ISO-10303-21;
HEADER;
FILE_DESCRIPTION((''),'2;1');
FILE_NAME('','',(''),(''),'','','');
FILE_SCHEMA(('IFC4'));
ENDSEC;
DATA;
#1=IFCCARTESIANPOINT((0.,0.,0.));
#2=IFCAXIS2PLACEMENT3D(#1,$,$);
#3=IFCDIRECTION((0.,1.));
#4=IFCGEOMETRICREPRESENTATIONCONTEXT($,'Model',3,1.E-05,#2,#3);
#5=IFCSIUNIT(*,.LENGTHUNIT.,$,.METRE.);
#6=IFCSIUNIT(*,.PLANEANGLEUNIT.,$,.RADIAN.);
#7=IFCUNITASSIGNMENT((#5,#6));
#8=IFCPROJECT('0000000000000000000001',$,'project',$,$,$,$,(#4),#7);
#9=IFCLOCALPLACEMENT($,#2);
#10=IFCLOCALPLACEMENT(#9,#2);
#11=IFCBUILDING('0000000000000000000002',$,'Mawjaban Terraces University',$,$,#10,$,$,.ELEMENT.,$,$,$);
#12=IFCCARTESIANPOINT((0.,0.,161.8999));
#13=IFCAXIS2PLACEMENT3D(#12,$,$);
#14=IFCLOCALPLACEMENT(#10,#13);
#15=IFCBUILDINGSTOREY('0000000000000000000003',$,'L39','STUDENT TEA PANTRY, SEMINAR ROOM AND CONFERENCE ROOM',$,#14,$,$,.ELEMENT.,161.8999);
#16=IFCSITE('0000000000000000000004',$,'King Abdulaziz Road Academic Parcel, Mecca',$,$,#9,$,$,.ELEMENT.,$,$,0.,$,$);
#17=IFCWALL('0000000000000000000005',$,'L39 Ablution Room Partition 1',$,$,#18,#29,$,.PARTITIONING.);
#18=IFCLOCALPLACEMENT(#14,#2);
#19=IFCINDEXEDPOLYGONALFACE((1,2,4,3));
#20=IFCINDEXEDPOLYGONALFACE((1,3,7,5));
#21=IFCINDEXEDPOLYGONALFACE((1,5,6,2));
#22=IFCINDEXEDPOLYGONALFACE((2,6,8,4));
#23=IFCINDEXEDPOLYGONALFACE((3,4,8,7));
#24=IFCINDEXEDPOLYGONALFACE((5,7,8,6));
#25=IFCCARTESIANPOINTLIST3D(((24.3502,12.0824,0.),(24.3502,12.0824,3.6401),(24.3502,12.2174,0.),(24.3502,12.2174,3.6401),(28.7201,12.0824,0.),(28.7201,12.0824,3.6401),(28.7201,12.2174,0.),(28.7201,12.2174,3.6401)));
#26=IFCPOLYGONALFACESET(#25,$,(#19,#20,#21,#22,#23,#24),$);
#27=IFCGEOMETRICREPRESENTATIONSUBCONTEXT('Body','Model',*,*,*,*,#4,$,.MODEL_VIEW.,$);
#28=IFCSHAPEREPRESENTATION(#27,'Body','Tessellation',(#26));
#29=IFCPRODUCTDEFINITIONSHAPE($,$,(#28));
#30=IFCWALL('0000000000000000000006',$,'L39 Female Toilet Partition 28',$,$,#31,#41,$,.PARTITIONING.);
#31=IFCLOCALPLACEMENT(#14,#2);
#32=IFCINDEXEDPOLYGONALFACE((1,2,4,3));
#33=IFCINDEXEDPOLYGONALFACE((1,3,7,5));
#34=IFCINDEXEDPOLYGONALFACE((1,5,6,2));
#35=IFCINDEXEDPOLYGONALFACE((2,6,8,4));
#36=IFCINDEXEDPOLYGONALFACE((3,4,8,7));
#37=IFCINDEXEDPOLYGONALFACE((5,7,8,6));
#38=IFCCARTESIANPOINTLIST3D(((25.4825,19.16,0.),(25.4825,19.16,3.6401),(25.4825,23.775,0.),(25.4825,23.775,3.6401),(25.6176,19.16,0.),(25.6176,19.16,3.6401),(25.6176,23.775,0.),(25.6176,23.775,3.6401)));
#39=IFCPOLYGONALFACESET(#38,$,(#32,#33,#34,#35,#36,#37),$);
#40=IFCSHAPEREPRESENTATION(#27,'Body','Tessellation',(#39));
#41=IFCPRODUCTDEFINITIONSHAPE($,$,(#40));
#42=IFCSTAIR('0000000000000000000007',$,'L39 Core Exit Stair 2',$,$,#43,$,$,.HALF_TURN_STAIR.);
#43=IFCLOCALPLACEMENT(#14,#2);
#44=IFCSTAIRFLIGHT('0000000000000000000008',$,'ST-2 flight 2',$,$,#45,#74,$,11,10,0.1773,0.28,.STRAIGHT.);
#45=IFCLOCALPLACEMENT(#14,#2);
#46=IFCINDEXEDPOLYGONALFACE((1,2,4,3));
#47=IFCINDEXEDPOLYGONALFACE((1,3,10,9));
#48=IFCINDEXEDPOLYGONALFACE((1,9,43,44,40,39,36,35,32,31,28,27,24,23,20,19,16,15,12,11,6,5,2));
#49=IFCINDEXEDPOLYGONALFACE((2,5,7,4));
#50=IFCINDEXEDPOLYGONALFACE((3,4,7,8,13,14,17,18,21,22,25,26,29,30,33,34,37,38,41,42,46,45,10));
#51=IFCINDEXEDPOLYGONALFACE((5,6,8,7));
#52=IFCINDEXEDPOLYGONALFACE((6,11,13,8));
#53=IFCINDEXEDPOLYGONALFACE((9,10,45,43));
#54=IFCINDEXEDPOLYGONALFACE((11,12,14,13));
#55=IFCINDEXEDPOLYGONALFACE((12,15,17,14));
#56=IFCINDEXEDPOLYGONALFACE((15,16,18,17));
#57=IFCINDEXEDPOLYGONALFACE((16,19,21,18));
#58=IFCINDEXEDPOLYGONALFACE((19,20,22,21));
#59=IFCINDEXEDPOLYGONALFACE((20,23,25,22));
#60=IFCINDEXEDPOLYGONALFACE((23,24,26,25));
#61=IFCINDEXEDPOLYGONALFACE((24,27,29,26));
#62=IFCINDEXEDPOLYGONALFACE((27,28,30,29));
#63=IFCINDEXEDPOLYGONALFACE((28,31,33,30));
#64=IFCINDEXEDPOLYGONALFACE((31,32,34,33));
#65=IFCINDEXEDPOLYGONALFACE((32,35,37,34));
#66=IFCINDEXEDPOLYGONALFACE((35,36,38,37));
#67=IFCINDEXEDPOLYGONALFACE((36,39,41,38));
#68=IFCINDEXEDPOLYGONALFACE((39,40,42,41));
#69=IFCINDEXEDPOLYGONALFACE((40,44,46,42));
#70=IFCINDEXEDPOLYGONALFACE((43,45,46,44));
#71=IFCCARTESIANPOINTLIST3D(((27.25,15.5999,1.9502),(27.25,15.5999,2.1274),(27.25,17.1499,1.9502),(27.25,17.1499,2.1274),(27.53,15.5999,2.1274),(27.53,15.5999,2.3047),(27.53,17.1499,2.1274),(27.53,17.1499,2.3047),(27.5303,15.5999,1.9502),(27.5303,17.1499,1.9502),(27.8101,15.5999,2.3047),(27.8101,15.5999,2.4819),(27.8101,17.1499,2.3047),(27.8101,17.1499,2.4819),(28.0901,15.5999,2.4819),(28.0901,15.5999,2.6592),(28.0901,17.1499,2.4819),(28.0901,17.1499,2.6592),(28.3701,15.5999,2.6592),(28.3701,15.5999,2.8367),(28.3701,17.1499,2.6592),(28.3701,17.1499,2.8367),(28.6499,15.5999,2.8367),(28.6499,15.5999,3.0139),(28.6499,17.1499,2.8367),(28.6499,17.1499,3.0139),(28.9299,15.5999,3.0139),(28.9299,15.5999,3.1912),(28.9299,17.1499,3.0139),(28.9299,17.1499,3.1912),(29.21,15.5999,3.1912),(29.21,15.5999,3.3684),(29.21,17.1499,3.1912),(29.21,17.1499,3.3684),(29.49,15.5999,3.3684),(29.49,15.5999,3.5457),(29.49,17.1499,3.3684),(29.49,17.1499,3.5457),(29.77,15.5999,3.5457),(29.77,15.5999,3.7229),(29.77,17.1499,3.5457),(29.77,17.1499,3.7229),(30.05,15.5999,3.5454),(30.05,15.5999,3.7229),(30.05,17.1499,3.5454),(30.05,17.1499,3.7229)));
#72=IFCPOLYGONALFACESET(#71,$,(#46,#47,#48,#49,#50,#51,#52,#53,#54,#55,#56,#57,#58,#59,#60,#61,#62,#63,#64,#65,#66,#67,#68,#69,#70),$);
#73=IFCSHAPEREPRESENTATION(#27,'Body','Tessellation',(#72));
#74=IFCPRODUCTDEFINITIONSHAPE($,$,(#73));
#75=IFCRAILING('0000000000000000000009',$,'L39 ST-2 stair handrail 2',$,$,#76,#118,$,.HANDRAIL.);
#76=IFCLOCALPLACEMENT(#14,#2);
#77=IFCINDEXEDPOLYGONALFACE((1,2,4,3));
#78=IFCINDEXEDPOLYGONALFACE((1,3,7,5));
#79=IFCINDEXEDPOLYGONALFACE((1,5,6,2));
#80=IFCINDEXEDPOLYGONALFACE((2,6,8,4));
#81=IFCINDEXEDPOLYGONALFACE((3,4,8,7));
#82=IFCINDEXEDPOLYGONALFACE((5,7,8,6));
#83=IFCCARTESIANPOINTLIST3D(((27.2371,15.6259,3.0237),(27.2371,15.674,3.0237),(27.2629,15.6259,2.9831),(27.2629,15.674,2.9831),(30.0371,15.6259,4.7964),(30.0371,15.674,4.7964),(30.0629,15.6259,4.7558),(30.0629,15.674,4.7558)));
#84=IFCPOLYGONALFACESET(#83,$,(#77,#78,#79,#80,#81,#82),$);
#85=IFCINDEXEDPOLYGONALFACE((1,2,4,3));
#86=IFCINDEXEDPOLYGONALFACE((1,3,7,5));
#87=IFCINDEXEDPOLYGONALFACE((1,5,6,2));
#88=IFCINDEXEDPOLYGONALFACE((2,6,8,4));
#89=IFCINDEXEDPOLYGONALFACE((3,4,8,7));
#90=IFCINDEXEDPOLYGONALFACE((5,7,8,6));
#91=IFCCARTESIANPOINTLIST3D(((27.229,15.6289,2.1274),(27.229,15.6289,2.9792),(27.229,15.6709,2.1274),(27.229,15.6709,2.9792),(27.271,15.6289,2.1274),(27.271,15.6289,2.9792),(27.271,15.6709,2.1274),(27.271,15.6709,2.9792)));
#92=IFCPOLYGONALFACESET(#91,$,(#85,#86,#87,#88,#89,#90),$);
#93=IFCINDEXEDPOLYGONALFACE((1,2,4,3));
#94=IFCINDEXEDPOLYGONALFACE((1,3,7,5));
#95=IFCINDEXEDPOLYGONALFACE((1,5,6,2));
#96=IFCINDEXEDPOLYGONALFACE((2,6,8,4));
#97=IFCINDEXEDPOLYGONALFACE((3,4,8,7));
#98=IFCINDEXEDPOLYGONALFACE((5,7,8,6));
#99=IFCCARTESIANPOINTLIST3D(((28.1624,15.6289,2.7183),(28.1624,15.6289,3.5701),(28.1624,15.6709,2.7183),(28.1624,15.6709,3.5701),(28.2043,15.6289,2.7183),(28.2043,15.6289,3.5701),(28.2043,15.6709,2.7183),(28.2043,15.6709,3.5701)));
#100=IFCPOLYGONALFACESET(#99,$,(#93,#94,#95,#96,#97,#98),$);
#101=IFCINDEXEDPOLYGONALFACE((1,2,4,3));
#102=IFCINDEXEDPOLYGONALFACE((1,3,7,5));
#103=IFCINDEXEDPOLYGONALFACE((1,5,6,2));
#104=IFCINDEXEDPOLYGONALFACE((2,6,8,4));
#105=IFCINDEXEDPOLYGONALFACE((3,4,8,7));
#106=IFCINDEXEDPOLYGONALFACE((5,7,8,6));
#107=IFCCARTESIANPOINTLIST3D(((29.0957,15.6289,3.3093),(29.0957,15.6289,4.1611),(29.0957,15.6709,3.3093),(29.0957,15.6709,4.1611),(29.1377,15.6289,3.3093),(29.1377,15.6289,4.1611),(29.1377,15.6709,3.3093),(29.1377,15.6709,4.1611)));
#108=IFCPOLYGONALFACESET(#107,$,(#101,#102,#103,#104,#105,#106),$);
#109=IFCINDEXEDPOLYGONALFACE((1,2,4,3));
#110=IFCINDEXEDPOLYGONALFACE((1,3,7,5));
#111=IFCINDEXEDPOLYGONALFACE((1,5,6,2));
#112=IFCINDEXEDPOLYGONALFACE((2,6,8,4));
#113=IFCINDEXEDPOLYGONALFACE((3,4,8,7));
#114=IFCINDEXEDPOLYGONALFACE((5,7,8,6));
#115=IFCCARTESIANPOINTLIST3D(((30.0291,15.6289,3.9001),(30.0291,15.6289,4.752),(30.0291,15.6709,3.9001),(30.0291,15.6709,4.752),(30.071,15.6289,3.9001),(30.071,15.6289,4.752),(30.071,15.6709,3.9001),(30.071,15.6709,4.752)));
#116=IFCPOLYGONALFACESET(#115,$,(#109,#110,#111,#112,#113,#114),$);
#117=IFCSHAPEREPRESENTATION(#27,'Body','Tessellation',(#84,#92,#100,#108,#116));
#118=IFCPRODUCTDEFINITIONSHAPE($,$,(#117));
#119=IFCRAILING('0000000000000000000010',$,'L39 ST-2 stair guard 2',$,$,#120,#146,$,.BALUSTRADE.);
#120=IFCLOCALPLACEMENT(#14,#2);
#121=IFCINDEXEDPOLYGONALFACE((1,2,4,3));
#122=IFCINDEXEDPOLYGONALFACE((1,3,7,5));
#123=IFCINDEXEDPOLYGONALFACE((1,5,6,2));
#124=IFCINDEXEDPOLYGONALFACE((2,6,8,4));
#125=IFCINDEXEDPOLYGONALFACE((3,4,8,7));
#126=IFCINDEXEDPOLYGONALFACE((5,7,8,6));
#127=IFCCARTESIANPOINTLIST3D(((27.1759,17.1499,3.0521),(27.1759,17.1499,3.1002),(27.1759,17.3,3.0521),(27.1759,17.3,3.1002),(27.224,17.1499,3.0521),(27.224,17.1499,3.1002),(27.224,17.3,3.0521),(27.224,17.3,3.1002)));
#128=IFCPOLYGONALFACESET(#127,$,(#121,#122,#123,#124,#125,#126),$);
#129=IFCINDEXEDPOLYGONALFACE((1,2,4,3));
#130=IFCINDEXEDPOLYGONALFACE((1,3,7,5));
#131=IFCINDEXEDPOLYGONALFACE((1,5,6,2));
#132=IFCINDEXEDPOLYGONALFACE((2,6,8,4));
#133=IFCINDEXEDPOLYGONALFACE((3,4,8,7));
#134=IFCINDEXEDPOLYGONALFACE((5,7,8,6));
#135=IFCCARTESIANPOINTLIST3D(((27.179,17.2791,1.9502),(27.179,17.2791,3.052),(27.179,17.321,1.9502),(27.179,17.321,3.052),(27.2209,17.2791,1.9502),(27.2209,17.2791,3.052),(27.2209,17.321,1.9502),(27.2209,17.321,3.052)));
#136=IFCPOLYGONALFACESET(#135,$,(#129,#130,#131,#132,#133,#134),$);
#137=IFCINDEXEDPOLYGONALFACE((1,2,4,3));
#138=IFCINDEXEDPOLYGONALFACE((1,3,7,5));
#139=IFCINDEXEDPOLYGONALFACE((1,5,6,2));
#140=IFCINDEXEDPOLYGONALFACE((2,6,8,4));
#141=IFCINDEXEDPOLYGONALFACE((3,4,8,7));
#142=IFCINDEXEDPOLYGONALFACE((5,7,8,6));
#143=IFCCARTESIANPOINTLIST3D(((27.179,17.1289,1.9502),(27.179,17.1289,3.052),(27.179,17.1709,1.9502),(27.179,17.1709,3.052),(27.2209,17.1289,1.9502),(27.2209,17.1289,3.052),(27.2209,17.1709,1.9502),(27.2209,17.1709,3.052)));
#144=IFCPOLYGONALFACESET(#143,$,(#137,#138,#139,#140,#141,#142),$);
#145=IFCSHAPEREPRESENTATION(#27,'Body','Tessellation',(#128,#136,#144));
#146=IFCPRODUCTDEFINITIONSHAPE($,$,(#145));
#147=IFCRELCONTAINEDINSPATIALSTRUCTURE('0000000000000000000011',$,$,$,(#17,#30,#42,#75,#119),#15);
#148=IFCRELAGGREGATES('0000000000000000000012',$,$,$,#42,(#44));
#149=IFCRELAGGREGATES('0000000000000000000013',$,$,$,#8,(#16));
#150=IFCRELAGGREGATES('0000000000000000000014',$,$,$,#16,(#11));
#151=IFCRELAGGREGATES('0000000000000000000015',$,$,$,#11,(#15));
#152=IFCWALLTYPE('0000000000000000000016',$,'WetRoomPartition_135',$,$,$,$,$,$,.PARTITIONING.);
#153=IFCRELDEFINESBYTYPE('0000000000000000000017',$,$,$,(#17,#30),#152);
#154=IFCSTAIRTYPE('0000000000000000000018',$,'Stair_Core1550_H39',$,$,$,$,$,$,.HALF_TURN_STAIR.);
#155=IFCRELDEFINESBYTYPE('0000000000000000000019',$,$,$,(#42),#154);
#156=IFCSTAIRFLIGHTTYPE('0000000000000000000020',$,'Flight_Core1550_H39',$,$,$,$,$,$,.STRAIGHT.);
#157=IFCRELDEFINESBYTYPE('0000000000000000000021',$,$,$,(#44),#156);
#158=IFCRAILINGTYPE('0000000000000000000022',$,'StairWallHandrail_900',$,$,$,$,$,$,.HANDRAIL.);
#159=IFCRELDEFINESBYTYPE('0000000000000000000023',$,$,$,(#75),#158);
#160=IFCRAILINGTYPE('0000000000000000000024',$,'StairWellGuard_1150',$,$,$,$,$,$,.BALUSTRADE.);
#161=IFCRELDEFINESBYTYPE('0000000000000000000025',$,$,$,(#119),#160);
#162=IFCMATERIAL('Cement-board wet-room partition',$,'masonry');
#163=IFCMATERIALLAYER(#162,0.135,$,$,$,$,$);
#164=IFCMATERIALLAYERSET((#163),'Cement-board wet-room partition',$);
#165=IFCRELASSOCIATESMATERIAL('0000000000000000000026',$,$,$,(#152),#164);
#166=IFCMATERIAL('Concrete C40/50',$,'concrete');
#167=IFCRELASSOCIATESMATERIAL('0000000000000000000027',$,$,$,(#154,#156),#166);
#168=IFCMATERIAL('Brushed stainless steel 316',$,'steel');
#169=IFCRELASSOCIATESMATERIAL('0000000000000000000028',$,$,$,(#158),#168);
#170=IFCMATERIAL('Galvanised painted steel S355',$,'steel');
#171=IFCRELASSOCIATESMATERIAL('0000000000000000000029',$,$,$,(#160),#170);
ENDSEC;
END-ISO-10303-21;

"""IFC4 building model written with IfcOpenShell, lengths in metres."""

from ifc_helpers import new_model, si_unit, direction, frame, frame_2d, origin, origin_2d, place, context, subcontext, project, spatial, polyline, rectangle, outline, extrude, material, layer, layer_set, type_object, element, aggregate, save


model = new_model("IFC4")

# Units and contexts
model_context = context("Model", 3, precision=1e-05, world=origin(), true_north=direction((0.0, 1.0)))
body_context = subcontext(model_context, "Body", "Model", "MODEL_VIEW")
ifc_project = project(units=[si_unit("LENGTHUNIT", "METRE"), si_unit("PLANEANGLEUNIT", "RADIAN")], contexts=[model_context])

# Site, building, storey
site_placement = place(None, origin())
site = spatial("IfcSite", under=ifc_project, at=site_placement, Name="King Abdulaziz Road Academic Parcel, Mecca", CompositionType="ELEMENT", RefElevation=0.0)
building_placement = place(site_placement, origin())
building = spatial("IfcBuilding", under=site, at=building_placement, Name="Mawjaban Terraces University", CompositionType="ELEMENT")
storey_placement = place(building_placement, frame((0.0, 0.0, 161.8999)))
storey = spatial("IfcBuildingStorey", under=building, at=storey_placement, Name="L39", Description="STUDENT TEA PANTRY, SEMINAR ROOM AND CONFERENCE ROOM", CompositionType="ELEMENT", Elevation=161.8999)

# Walls
ifc_material_1 = material(Name="Concrete C40/50", Category="concrete")
ifc_material_2 = material(Name="Cement-board wet-room partition", Category="masonry")
ifc_layer_1 = layer(ifc_material_2, 0.135)
ifc_layer_set_1 = layer_set([ifc_layer_1], Name="Cement-board wet-room partition")
wall_type_1 = type_object("IfcWallType", Name="WetRoomPartition_135", PredefinedType="PARTITIONING", material=ifc_layer_set_1)
wall_1_placement = place(storey_placement, frame((24.3501, 12.1499, 0.0), z_axis=(0.0, 0.0, 1.0), x_axis=(1.0, 0.0, 0.0)))
element("IfcWall", 1, at=wall_1_placement, inside=storey, type_object=wall_type_1, Name="L39 Ablution Room Partition 1", PredefinedType="PARTITIONING", context=body_context, shape_type="SweptSolid", body=[
    extrude(rectangle(XDim=4.3699, YDim=0.135, at=frame_2d((2.1851, 0.0))), origin(), (0.0, 0.0, 1.0), 3.6401),
])
wall_2_placement = place(storey_placement, frame((25.55, 19.1599, 0.0), z_axis=(0.0, 0.0, 1.0), x_axis=(0.0, 1.0, 0.0)))
element("IfcWall", 2, at=wall_2_placement, inside=storey, type_object=wall_type_1, Name="L39 Female Toilet Partition 28", PredefinedType="PARTITIONING", context=body_context, shape_type="SweptSolid", body=[
    extrude(rectangle(XDim=4.615, YDim=0.135, at=frame_2d((2.3076, 0.0))), origin(), (0.0, 0.0, 1.0), 3.6401),
])

# Stair, stair flight
stair_type = type_object("IfcStairType", Name="Stair_Core1550_H39", PredefinedType="HALF_TURN_STAIR", material=ifc_material_1)
stair_placement = place(storey_placement, origin())
stair = element("IfcStair", 3, at=stair_placement, inside=storey, type_object=stair_type, Name="L39 Core Exit Stair 2", PredefinedType="HALF_TURN_STAIR")
stair_flight_type = type_object("IfcStairFlightType", Name="Flight_Core1550_H39", PredefinedType="STRAIGHT", material=ifc_material_1)
stair_flight_placement = place(storey_placement, frame((27.25, 16.375, 1.9502), z_axis=(0.0, 0.0, 1.0), x_axis=(1.0, 0.0, 0.0)))
stair_flight = element("IfcStairFlight", 4, at=stair_flight_placement, type_object=stair_flight_type, Name="ST-2 flight 2", NumberOfRisers=11, NumberOfTreads=10, PredefinedType="STRAIGHT", RiserHeight=0.1773, TreadLength=0.28, context=body_context, shape_type="SweptSolid", body=[
    extrude(outline(polyline([(0.0, 0.0), (0.0, 0.1772), (0.28, 0.1772), (0.28, 0.3545), (0.5601, 0.3545), (0.5601, 0.5317), (0.8401, 0.5317), (0.8401, 0.709), (1.1201, 0.709), (1.1201, 0.8865), (1.3999, 0.8865), (1.3999, 1.0637), (1.6799, 1.0637), (1.6799, 1.241), (1.96, 1.241), (1.96, 1.4182), (2.24, 1.4182), (2.24, 1.5955), (2.52, 1.5955), (2.52, 1.7727), (2.8, 1.7727), (2.8, 1.95), (2.8, 1.5952), (0.2803, 0.0), (0.0, 0.0)])), frame((0.0, 0.7749, 0.0), z_axis=(0.0, -1.0, 0.0), x_axis=(1.0, 0.0, 0.0)), (0.0, 0.0, 1.0), 1.55),
])
aggregate(stair, [stair_flight])

# Railings
ifc_material_3 = material(Name="Brushed stainless steel 316", Category="steel")
railing_type_1 = type_object("IfcRailingType", Name="StairWallHandrail_900", PredefinedType="HANDRAIL", material=ifc_material_3)
railing_1_placement = place(storey_placement, frame((27.25, 15.6499, 2.1274)))
element("IfcRailing", 5, at=railing_1_placement, inside=storey, type_object=railing_type_1, Name="L39 ST-2 stair handrail 2", PredefinedType="HANDRAIL", context=body_context, shape_type="SweptSolid", body=[
    extrude(rectangle(XDim=0.0481, YDim=0.0481, at=origin_2d()), frame((0.0, 0.0, 0.876), z_axis=(0.844909, 0.0, 0.53491), x_axis=(0.0, 1.0, 0.0)), (0.0, 0.0, 1.0), 3.314),
    extrude(rectangle(XDim=0.042, YDim=0.042, at=origin_2d()), origin(), (0.0, 0.0, 1.0), 0.8518),
    extrude(rectangle(XDim=0.042, YDim=0.042, at=origin_2d()), frame((0.9333, 0.0, 0.5908)), (0.0, 0.0, 1.0), 0.8518),
    extrude(rectangle(XDim=0.042, YDim=0.042, at=origin_2d()), frame((1.8667, 0.0, 1.1819)), (0.0, 0.0, 1.0), 0.8518),
    extrude(rectangle(XDim=0.042, YDim=0.042, at=origin_2d()), frame((2.8, 0.0, 1.7727)), (0.0, 0.0, 1.0), 0.8518),
])
ifc_material_4 = material(Name="Galvanised painted steel S355", Category="steel")
railing_type_2 = type_object("IfcRailingType", Name="StairWellGuard_1150", PredefinedType="BALUSTRADE", material=ifc_material_4)
railing_2_placement = place(storey_placement, frame((27.2, 17.3, 1.9502)))
element("IfcRailing", 6, at=railing_2_placement, inside=storey, type_object=railing_type_2, Name="L39 ST-2 stair guard 2", PredefinedType="BALUSTRADE", context=body_context, shape_type="SweptSolid", body=[
    extrude(rectangle(XDim=0.0481, YDim=0.0481, at=origin_2d()), frame((0.0, 0.0, 1.126), z_axis=(0.0, -1.0, 0.0), x_axis=(1.0, 0.0, 0.0)), (0.0, 0.0, 1.0), 0.1501),
    extrude(rectangle(XDim=0.042, YDim=0.042, at=origin_2d()), origin(), (0.0, 0.0, 1.0), 1.1018),
    extrude(rectangle(XDim=0.042, YDim=0.042, at=origin_2d()), frame((0.0, -0.1501, 0.0)), (0.0, 0.0, 1.0), 1.1018),
])

save(model, "model.ifc")
